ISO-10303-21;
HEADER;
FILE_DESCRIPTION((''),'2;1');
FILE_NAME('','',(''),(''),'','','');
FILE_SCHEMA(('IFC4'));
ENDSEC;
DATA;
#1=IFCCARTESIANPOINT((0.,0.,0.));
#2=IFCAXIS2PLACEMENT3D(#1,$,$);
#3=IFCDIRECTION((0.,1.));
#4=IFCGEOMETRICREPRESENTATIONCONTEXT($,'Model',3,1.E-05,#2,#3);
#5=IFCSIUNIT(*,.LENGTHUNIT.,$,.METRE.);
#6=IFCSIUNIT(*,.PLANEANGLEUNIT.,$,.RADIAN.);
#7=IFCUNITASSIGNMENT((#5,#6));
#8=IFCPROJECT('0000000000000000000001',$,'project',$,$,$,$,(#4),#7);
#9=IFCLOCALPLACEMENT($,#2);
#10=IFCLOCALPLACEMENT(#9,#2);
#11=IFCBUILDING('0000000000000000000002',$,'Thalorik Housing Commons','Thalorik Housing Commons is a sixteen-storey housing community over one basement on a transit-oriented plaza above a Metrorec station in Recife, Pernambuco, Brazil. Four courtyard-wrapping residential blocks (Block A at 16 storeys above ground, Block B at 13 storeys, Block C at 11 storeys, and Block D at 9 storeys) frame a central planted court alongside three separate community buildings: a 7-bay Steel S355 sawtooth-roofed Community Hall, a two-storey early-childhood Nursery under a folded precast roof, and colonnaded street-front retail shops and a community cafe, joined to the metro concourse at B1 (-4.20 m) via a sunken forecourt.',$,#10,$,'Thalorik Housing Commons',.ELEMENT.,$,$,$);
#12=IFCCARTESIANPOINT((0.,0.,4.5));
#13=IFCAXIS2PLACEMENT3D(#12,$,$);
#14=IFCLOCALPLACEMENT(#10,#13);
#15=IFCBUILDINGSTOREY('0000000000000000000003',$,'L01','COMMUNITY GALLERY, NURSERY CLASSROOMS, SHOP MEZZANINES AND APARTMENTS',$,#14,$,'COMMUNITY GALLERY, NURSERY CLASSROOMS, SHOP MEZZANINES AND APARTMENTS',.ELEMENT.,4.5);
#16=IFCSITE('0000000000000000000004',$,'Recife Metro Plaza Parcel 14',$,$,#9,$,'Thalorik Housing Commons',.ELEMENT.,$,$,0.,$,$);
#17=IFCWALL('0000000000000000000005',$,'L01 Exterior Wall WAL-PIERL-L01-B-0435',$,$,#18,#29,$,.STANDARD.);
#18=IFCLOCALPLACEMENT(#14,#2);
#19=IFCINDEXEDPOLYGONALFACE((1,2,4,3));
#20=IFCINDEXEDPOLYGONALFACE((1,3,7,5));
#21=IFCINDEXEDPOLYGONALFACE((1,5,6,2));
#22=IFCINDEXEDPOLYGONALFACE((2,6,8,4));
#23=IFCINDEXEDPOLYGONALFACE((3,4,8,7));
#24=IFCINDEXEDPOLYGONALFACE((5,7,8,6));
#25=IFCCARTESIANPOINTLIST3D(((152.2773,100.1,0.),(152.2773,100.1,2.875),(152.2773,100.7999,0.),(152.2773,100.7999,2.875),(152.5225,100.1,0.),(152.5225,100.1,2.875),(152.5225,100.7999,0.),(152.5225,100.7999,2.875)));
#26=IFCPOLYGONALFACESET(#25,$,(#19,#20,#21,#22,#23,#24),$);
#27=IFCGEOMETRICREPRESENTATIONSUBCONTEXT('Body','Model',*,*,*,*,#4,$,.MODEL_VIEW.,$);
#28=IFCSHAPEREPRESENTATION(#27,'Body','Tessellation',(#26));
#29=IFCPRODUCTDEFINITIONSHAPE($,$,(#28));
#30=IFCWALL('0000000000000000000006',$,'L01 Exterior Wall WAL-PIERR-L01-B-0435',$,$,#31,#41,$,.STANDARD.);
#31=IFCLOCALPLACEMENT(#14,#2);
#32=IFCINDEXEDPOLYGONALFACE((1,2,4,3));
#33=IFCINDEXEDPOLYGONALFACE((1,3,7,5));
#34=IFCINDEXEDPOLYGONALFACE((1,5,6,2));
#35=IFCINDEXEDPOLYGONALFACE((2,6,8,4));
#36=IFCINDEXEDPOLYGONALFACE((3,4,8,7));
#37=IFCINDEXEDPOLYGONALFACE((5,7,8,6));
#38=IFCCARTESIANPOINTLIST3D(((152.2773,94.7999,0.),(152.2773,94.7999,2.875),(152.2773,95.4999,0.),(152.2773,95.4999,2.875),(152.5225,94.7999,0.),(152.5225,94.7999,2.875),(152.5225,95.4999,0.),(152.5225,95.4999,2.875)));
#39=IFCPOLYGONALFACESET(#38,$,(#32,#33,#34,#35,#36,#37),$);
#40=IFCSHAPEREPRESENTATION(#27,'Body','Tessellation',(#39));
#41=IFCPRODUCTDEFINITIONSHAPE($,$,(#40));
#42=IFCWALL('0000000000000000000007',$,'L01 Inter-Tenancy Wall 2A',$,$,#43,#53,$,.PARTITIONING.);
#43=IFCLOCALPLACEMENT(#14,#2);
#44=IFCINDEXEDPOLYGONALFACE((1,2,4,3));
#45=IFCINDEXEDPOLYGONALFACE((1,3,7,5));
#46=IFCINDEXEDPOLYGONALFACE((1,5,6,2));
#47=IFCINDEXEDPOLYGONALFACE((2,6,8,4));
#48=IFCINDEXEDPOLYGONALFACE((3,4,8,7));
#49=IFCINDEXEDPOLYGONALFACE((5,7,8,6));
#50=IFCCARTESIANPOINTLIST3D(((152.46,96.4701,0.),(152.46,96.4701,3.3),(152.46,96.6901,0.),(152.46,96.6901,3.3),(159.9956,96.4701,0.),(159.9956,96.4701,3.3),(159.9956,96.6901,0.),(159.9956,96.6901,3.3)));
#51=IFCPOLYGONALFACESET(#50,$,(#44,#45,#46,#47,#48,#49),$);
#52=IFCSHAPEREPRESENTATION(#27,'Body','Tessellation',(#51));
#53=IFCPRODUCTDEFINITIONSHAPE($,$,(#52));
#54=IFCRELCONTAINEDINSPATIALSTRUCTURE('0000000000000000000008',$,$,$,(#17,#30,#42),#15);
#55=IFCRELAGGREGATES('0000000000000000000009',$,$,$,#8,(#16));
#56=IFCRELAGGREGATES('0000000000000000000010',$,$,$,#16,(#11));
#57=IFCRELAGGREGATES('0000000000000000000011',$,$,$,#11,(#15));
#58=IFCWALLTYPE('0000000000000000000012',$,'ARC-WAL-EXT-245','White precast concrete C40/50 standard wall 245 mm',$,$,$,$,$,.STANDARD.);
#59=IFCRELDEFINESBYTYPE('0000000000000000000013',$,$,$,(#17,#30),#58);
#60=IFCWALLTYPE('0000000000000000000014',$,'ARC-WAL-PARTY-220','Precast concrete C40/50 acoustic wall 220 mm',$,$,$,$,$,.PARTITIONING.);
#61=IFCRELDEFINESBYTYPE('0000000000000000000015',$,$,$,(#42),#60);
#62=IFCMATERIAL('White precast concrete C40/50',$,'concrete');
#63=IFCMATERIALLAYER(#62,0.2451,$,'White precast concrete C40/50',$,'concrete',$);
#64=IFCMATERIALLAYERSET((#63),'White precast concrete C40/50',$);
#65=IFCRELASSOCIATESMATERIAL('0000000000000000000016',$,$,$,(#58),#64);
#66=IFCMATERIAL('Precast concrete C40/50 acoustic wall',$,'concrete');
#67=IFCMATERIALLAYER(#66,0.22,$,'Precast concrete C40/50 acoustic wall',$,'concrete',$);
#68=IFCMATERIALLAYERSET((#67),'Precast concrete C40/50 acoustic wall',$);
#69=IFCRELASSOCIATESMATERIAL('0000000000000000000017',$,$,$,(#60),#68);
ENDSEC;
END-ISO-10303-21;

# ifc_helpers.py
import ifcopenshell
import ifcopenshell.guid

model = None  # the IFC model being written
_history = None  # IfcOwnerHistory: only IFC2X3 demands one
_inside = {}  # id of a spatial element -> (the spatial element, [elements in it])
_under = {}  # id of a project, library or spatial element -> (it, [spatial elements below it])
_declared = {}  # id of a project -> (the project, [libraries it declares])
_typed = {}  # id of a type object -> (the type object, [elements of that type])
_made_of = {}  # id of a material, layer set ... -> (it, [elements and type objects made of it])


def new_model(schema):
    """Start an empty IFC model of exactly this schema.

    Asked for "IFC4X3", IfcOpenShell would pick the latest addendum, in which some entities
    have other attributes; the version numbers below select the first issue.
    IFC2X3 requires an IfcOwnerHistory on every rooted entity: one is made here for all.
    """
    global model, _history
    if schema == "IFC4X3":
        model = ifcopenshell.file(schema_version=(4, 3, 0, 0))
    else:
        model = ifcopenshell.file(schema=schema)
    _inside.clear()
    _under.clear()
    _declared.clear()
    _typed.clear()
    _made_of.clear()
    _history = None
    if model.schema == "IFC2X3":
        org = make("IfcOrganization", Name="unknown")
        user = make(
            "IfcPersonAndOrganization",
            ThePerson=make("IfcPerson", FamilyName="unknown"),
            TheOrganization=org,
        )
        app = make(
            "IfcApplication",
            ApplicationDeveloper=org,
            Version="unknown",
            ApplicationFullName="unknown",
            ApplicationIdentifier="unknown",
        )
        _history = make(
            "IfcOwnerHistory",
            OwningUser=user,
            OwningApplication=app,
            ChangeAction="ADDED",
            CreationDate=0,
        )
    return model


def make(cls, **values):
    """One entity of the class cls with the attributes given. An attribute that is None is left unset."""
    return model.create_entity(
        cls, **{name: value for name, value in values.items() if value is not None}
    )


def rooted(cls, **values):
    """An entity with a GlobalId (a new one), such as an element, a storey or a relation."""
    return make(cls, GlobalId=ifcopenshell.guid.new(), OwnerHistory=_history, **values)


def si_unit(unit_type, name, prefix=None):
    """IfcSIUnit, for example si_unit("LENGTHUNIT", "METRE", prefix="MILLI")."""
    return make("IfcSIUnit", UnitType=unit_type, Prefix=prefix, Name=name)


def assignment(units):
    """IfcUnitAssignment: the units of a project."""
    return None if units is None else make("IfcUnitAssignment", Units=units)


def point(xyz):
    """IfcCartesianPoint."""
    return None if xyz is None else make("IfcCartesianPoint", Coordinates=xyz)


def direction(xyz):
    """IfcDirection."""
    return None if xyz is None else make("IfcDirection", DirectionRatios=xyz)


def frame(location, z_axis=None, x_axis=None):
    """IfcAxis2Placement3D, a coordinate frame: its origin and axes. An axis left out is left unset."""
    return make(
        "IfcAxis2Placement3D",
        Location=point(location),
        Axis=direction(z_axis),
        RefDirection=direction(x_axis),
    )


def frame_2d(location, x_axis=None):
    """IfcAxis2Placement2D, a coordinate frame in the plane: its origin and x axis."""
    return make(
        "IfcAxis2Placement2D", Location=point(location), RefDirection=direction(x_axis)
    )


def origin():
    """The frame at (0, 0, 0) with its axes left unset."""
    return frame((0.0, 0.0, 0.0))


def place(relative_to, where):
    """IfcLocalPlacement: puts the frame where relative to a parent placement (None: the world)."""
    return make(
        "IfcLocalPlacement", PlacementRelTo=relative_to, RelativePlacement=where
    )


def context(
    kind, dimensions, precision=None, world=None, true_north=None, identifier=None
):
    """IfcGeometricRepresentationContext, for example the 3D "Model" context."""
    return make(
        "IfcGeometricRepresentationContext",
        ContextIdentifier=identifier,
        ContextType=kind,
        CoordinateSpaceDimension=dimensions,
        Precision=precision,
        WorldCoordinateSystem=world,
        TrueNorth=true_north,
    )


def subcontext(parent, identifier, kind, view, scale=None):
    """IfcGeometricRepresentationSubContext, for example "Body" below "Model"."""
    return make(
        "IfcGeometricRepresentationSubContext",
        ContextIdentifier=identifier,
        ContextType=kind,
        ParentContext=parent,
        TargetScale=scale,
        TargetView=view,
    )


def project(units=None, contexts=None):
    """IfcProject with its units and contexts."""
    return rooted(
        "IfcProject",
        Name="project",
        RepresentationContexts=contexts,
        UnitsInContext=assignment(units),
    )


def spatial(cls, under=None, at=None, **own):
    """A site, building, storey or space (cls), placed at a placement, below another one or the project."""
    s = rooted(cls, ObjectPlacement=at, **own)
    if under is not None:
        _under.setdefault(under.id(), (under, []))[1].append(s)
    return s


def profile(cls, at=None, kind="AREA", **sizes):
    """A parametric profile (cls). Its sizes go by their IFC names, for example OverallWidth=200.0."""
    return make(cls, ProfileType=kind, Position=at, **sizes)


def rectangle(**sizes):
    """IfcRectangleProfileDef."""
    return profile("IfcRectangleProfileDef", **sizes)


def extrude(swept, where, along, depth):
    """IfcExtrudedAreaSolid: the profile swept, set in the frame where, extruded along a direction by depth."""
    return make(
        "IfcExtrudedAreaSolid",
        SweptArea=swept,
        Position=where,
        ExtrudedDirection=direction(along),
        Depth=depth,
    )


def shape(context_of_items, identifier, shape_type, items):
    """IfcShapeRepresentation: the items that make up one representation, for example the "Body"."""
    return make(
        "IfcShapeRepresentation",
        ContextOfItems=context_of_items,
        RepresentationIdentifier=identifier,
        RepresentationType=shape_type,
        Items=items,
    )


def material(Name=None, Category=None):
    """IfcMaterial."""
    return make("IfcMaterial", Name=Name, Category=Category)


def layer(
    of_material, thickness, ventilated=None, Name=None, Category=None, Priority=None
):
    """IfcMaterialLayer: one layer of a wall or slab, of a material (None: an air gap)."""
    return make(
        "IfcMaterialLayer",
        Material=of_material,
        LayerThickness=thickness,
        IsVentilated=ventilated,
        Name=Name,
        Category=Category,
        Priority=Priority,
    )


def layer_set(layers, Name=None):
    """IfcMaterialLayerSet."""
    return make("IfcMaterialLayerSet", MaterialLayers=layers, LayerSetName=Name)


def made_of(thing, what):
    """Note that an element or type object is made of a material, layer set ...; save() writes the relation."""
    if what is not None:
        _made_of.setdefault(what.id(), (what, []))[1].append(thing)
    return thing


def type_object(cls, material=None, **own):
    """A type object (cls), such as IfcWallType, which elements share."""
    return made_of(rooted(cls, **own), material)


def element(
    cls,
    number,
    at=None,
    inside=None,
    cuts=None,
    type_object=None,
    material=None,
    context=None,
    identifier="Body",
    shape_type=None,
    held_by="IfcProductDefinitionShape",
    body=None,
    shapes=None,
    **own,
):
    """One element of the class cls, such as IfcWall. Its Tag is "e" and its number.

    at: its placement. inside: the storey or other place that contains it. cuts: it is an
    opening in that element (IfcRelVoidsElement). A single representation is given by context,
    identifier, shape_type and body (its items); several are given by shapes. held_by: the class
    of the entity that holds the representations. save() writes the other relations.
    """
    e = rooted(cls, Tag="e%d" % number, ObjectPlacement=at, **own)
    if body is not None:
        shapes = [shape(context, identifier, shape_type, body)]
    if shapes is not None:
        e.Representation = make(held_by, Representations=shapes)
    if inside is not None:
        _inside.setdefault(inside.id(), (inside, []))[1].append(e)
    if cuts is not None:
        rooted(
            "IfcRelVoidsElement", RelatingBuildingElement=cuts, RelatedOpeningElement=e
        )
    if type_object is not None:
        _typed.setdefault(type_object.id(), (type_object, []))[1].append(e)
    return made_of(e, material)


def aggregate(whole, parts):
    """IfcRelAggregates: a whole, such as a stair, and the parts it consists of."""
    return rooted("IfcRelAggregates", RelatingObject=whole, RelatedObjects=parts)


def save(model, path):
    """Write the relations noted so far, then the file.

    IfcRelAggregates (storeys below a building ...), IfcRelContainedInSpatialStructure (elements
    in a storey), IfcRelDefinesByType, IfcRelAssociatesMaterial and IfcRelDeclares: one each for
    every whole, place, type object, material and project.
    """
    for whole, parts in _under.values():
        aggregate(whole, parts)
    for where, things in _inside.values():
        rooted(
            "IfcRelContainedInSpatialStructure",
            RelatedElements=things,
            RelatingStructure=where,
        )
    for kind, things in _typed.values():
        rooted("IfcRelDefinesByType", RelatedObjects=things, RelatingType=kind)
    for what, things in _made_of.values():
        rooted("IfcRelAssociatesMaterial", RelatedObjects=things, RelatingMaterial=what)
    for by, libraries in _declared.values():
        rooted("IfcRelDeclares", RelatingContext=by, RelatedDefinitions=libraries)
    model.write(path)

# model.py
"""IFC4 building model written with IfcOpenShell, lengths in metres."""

from ifc_helpers import new_model, si_unit, direction, frame, frame_2d, origin, place, context, subcontext, project, spatial, rectangle, extrude, material, layer, layer_set, type_object, element, save


model = new_model("IFC4")

# Units and contexts
model_context = context("Model", 3, precision=1e-05, world=origin(), true_north=direction((0.0, 1.0)))
body_context = subcontext(model_context, "Body", "Model", "MODEL_VIEW")
ifc_project = project(units=[si_unit("LENGTHUNIT", "METRE"), si_unit("PLANEANGLEUNIT", "RADIAN")], contexts=[model_context])

# Site, building, storey
site_placement = place(None, origin())
site = spatial("IfcSite", under=ifc_project, at=site_placement, Name="Recife Metro Plaza Parcel 14", LongName="Thalorik Housing Commons", CompositionType="ELEMENT", RefElevation=0.0)
building_placement = place(site_placement, origin())
building = spatial("IfcBuilding", under=site, at=building_placement, Name="Thalorik Housing Commons", Description="Thalorik Housing Commons is a sixteen-storey housing community over one basement on a transit-oriented plaza above a Metrorec station in Recife, Pernambuco, Brazil. Four courtyard-wrapping residential blocks (Block A at 16 storeys above ground, Block B at 13 storeys, Block C at 11 storeys, and Block D at 9 storeys) frame a central planted court alongside three separate community buildings: a 7-bay Steel S355 sawtooth-roofed Community Hall, a two-storey early-childhood Nursery under a folded precast roof, and colonnaded street-front retail shops and a community cafe, joined to the metro concourse at B1 (-4.20 m) via a sunken forecourt.", LongName="Thalorik Housing Commons", CompositionType="ELEMENT")
storey_placement = place(building_placement, frame((0.0, 0.0, 4.5)))
storey = spatial("IfcBuildingStorey", under=building, at=storey_placement, Name="L01", Description="COMMUNITY GALLERY, NURSERY CLASSROOMS, SHOP MEZZANINES AND APARTMENTS", LongName="COMMUNITY GALLERY, NURSERY CLASSROOMS, SHOP MEZZANINES AND APARTMENTS", CompositionType="ELEMENT", Elevation=4.5)

# Walls
ifc_material_1 = material(Name="White precast concrete C40/50", Category="concrete")
ifc_layer_1 = layer(ifc_material_1, 0.2451, Name="White precast concrete C40/50", Category="concrete")
ifc_layer_set_1 = layer_set([ifc_layer_1], Name="White precast concrete C40/50")
wall_type_1 = type_object("IfcWallType", Name="ARC-WAL-EXT-245", Description="White precast concrete C40/50 standard wall 245 mm", PredefinedType="STANDARD", material=ifc_layer_set_1)
for number, where, z_axis, x_axis, name in (
    (1, (152.3999, 100.8, 0.0), (0.0, 0.0, 1.0), (0.0, -1.0, 0.0), "L01 Exterior Wall WAL-PIERL-L01-B-0435"),
    (2, (152.3999, 95.5, 0.0), (0.0, 0.0, 1.0), (0.0, -1.0, 0.0), "L01 Exterior Wall WAL-PIERR-L01-B-0435"),
):
    element("IfcWall", number, at=place(storey_placement, frame(where, z_axis=z_axis, x_axis=x_axis)), inside=storey, type_object=wall_type_1, Name=name, PredefinedType="STANDARD", context=body_context, shape_type="SweptSolid", body=[
        extrude(rectangle(XDim=0.7, YDim=0.2451, at=frame_2d((0.3501, 0.0))), origin(), (0.0, 0.0, 1.0), 2.875),
    ])
ifc_material_2 = material(Name="Precast concrete C40/50 acoustic wall", Category="concrete")
ifc_layer_2 = layer(ifc_material_2, 0.22, Name="Precast concrete C40/50 acoustic wall", Category="concrete")
ifc_layer_set_2 = layer_set([ifc_layer_2], Name="Precast concrete C40/50 acoustic wall")
wall_type_2 = type_object("IfcWallType", Name="ARC-WAL-PARTY-220", Description="Precast concrete C40/50 acoustic wall 220 mm", PredefinedType="PARTITIONING", material=ifc_layer_set_2)
wall_placement = place(storey_placement, frame((152.46, 96.5801, 0.0), z_axis=(0.0, 0.0, 1.0), x_axis=(1.0, 0.0, 0.0)))
element("IfcWall", 3, at=wall_placement, inside=storey, type_object=wall_type_2, Name="L01 Inter-Tenancy Wall 2A", PredefinedType="PARTITIONING", context=body_context, shape_type="SweptSolid", body=[
    extrude(rectangle(XDim=7.5356, YDim=0.22, at=frame_2d((3.7678, 0.0))), origin(), (0.0, 0.0, 1.0), 3.3),
])

save(model, "model.ifc")
